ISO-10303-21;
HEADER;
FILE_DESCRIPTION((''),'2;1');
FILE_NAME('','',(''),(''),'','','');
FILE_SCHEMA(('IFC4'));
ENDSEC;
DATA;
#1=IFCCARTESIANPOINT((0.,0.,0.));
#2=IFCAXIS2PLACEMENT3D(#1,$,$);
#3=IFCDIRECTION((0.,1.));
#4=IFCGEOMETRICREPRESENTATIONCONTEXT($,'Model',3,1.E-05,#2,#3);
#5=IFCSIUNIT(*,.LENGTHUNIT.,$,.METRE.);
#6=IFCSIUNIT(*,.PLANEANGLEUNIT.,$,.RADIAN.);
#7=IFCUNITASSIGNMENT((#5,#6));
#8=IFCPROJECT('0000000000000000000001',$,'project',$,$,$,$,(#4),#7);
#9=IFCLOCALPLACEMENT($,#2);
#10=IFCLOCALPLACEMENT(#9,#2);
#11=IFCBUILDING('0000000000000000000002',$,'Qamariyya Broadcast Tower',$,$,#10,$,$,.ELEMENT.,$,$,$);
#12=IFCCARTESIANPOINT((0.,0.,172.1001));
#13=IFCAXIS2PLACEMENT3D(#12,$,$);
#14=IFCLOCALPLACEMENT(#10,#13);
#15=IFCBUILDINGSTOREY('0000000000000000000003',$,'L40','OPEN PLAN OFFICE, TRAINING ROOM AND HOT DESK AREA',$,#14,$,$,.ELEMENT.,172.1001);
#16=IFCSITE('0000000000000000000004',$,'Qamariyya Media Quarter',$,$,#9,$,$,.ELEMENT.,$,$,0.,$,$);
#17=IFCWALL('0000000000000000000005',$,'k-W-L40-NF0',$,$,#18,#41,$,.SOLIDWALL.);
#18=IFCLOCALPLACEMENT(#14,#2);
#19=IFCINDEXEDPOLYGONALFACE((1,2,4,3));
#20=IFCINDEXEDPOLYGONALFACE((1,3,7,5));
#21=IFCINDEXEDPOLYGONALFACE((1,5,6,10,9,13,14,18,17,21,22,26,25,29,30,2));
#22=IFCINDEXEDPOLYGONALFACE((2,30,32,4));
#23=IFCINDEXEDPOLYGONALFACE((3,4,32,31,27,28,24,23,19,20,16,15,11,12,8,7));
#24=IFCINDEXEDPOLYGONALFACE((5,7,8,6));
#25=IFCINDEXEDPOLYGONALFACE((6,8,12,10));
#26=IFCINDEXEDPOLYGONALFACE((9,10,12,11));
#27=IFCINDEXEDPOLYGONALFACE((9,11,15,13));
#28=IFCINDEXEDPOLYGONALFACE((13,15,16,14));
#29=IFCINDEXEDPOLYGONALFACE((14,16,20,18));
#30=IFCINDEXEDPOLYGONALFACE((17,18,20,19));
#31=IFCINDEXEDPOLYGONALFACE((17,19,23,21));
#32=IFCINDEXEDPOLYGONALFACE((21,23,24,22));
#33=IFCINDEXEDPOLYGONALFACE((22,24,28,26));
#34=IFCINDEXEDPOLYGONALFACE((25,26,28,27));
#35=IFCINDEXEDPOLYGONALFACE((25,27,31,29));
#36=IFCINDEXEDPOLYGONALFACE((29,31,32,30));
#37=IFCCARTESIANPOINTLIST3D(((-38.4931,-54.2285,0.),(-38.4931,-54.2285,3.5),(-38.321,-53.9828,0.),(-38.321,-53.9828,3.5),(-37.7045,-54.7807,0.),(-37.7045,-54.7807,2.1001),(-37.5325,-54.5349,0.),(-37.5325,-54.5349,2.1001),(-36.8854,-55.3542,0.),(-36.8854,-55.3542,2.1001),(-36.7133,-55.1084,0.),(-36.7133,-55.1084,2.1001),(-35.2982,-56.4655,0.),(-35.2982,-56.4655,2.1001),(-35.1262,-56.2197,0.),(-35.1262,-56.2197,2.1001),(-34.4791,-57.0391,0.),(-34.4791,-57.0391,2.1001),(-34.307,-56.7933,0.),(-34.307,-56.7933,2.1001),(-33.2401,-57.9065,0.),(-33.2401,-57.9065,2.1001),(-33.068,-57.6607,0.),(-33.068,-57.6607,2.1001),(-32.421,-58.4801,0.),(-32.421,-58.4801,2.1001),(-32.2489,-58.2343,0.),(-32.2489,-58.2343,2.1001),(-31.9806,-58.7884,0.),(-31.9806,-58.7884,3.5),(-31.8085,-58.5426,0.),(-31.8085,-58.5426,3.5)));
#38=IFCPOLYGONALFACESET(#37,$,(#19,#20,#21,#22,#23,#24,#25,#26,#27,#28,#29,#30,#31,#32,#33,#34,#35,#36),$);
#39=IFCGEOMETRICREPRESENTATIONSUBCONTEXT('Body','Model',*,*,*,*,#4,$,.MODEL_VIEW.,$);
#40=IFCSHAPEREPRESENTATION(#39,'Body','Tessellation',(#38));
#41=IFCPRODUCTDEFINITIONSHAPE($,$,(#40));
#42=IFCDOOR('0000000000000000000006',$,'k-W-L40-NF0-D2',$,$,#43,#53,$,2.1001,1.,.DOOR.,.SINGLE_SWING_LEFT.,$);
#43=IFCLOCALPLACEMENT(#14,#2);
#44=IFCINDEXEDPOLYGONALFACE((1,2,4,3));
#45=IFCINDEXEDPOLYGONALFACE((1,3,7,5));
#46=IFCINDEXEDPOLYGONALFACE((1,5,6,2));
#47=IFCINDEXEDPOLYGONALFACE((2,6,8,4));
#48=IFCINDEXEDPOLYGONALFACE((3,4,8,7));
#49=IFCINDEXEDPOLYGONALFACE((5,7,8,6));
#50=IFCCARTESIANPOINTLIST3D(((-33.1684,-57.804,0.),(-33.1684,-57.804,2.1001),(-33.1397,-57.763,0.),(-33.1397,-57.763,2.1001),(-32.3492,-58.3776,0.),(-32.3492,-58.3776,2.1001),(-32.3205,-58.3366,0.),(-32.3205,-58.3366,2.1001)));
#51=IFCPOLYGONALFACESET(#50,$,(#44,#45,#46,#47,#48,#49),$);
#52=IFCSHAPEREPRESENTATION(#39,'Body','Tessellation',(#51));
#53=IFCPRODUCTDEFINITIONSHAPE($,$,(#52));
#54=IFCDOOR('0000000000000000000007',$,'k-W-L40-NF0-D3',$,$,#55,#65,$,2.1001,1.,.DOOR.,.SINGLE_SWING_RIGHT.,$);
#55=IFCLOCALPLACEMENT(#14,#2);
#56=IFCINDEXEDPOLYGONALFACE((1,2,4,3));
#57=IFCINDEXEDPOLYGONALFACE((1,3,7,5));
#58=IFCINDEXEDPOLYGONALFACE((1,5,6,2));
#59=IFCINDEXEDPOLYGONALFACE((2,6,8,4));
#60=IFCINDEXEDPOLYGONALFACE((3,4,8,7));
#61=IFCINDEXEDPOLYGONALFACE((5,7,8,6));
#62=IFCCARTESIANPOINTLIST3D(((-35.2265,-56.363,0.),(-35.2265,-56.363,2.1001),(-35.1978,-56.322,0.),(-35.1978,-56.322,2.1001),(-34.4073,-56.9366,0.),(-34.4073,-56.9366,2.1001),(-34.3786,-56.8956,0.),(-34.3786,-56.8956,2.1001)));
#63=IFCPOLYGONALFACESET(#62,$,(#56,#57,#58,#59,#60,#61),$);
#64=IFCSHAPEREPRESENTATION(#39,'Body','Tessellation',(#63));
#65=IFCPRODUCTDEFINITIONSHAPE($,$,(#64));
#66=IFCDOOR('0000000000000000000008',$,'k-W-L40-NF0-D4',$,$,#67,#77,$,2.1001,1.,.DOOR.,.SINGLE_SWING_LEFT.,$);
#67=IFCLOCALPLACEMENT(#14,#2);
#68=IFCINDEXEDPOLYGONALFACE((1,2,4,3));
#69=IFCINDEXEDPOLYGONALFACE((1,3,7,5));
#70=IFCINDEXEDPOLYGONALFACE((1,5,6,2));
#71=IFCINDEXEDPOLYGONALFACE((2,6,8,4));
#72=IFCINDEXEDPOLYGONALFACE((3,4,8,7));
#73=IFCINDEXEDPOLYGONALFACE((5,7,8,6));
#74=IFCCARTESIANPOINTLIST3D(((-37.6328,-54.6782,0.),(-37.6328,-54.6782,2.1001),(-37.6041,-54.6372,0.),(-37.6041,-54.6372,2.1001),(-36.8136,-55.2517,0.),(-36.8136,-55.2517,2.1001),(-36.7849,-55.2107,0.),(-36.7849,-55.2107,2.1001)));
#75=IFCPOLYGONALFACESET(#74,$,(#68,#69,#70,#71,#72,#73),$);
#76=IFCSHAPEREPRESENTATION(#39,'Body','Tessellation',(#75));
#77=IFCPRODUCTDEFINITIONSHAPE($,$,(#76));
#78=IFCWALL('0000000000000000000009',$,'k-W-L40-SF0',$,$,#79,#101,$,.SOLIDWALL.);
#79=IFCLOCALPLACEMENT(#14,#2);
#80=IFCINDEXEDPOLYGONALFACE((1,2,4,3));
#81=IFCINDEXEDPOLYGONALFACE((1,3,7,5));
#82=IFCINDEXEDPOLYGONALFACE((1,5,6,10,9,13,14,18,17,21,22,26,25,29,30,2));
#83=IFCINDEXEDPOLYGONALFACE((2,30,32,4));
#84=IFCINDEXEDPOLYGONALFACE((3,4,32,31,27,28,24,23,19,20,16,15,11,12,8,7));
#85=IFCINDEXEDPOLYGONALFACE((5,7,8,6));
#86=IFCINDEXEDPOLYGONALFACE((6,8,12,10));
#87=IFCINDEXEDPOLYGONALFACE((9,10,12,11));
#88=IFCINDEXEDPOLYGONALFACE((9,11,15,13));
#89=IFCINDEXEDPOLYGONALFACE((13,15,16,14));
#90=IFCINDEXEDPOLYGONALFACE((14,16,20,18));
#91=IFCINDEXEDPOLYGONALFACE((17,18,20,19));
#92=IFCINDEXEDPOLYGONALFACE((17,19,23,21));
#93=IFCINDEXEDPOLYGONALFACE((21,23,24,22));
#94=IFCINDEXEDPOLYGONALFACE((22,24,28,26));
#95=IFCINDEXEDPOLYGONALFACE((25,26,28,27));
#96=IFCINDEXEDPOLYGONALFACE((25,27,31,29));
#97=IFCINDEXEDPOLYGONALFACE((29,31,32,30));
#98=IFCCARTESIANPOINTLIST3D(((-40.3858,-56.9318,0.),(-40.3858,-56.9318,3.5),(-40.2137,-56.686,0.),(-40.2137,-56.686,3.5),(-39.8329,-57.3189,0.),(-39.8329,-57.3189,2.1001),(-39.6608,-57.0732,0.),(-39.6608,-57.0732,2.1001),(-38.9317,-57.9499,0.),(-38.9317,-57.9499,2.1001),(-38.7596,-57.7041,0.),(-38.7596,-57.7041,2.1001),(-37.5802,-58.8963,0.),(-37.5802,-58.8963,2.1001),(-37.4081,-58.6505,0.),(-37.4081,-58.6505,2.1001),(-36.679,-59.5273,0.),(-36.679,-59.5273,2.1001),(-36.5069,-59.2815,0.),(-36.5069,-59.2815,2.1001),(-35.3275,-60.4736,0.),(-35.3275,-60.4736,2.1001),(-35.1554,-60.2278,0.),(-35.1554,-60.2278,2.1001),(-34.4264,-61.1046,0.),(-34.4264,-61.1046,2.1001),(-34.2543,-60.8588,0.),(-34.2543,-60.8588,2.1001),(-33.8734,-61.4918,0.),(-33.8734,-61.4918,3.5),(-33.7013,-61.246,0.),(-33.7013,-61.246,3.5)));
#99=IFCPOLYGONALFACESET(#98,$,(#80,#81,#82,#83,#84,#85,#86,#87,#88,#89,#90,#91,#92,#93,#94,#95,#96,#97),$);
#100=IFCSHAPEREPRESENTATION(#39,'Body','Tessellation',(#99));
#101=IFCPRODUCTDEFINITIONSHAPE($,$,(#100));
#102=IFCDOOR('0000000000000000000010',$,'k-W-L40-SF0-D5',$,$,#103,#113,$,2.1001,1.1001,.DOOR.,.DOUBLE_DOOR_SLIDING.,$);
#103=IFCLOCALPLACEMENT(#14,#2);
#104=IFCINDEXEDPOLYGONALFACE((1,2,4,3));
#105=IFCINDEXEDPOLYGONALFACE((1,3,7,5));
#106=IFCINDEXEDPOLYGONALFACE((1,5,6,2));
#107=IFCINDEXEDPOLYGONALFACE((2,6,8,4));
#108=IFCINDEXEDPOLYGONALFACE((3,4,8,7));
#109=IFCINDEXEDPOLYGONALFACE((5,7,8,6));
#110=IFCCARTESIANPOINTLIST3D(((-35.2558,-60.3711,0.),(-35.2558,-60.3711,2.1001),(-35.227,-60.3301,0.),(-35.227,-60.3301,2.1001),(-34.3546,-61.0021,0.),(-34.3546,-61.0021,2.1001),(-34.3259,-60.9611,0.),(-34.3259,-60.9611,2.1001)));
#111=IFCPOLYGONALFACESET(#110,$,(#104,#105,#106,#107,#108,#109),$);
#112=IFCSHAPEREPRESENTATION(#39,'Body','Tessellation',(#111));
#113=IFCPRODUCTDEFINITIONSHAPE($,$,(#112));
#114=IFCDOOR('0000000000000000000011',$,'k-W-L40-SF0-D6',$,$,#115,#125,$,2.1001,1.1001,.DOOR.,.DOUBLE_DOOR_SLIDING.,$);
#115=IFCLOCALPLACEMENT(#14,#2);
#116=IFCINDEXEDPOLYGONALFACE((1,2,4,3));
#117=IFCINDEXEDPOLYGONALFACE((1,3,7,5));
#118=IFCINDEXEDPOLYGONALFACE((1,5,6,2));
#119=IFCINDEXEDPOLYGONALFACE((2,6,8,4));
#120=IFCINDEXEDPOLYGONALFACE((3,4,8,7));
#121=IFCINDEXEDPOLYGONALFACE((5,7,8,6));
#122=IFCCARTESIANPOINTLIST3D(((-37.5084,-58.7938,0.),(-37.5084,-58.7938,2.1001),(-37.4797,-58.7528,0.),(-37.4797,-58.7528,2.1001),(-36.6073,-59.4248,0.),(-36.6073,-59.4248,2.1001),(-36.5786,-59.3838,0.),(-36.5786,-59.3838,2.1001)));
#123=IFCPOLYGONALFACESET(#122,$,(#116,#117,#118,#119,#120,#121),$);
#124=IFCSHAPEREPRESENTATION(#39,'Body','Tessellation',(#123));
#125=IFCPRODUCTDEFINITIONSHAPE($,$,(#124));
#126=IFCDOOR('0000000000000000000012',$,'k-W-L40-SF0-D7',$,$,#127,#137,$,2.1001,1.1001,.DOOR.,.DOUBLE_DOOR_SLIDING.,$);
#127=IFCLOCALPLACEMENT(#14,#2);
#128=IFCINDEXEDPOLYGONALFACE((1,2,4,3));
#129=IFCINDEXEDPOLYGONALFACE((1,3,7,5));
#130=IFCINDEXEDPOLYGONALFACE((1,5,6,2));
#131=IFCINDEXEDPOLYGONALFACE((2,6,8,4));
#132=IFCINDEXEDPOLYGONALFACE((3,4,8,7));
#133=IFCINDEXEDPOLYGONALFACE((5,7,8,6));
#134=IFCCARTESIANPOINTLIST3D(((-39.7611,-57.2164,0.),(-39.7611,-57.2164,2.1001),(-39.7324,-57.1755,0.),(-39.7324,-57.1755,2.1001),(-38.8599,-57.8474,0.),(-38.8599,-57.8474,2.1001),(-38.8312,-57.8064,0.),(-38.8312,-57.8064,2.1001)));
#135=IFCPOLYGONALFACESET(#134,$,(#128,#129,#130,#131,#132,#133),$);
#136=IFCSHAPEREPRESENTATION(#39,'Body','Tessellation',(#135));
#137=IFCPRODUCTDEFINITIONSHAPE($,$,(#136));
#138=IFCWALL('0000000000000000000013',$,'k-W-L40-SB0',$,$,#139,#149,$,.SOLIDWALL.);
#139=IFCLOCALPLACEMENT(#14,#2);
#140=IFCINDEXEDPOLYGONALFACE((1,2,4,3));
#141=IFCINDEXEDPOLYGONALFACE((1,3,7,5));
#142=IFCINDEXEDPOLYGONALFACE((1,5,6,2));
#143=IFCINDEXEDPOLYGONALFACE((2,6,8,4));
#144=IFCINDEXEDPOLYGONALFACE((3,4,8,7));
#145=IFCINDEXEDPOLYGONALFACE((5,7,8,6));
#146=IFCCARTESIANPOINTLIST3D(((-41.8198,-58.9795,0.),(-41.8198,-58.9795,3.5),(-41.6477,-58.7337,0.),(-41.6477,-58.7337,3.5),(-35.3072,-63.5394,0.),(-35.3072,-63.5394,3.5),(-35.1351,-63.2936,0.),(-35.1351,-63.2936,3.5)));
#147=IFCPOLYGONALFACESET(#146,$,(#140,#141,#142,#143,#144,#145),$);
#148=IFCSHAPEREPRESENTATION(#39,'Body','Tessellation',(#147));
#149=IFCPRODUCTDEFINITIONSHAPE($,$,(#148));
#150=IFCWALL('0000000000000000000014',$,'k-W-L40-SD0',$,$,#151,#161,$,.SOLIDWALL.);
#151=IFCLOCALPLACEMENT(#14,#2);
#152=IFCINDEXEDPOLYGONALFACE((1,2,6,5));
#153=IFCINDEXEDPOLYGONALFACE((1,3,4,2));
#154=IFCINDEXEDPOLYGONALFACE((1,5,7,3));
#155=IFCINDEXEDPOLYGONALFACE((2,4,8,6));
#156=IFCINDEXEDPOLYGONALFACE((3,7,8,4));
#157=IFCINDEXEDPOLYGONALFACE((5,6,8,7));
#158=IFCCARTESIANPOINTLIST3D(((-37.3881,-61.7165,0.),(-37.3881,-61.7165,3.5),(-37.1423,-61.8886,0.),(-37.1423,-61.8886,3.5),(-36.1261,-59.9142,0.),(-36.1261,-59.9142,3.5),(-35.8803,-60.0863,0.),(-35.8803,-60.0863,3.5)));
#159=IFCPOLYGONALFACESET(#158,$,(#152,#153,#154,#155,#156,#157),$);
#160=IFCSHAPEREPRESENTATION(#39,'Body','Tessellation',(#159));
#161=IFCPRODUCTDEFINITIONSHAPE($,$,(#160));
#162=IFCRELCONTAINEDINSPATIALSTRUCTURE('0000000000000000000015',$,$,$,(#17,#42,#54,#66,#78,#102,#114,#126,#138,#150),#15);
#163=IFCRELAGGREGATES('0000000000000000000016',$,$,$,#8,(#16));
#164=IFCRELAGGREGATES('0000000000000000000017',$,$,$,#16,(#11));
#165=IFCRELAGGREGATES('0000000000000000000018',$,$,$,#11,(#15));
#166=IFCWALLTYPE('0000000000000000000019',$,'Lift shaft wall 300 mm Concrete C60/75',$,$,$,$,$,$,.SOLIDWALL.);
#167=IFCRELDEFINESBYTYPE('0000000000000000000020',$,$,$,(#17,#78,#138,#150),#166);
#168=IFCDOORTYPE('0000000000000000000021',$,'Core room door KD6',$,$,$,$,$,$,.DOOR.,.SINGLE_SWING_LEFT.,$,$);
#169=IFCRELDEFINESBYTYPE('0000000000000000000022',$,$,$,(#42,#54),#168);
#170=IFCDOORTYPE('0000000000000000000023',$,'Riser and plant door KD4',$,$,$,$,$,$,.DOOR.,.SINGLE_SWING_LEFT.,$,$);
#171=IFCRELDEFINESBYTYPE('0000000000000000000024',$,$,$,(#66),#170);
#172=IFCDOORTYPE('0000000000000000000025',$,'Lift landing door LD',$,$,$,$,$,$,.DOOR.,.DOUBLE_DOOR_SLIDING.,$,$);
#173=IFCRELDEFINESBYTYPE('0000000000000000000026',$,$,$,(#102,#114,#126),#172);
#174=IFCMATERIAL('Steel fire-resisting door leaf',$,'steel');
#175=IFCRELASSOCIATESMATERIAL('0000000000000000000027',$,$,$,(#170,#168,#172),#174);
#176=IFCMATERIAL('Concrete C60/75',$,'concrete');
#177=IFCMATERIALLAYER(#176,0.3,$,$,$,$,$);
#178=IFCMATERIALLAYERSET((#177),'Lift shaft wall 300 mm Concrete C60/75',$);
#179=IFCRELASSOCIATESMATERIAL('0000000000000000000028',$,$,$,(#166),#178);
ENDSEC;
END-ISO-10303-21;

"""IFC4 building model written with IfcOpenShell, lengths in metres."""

from ifc_helpers import new_model, si_unit, direction, frame, frame_2d, origin, place, context, subcontext, project, spatial, rectangle, extrude, material, layer, layer_set, type_object, element, fill, save


model = new_model("IFC4")

# Units and contexts
model_context = context("Model", 3, precision=1e-05, world=origin(), true_north=direction((0.0, 1.0)))
body_context = subcontext(model_context, "Body", "Model", "MODEL_VIEW")
ifc_project = project(units=[si_unit("LENGTHUNIT", "METRE"), si_unit("PLANEANGLEUNIT", "RADIAN")], contexts=[model_context])

# Site, building, storey
site_placement = place(None, origin())
site = spatial("IfcSite", under=ifc_project, at=site_placement, Name="Qamariyya Media Quarter", CompositionType="ELEMENT", RefElevation=0.0)
building_placement = place(site_placement, origin())
building = spatial("IfcBuilding", under=site, at=building_placement, Name="Qamariyya Broadcast Tower", CompositionType="ELEMENT")
storey_placement = place(building_placement, frame((0.0, 0.0, 172.1001)))
storey = spatial("IfcBuildingStorey", under=building, at=storey_placement, Name="L40", Description="OPEN PLAN OFFICE, TRAINING ROOM AND HOT DESK AREA", CompositionType="ELEMENT", Elevation=172.1001)

# Shared definitions
ifc_material_1 = material(Name="Concrete C60/75", Category="concrete")
ifc_material_2 = material(Name="Steel fire-resisting door leaf", Category="steel")

# Shared definitions
door_type_1 = type_object("IfcDoorType", Name="Riser and plant door KD4", OperationType="SINGLE_SWING_LEFT", PredefinedType="DOOR", material=ifc_material_2)

# Walls, openings, doors
ifc_layer_1 = layer(ifc_material_1, 0.3)
ifc_layer_set_1 = layer_set([ifc_layer_1], Name="Lift shaft wall 300 mm Concrete C60/75")
wall_type_1 = type_object("IfcWallType", Name="Lift shaft wall 300 mm Concrete C60/75", PredefinedType="SOLIDWALL", material=ifc_layer_set_1)
wall_1_placement = place(storey_placement, frame((-31.8945, -58.6655, 0.0), z_axis=(0.0, 0.0, 1.0), x_axis=(-0.819167, 0.573555, 0.0)))
wall_1 = element("IfcWall", 1, at=wall_1_placement, inside=storey, type_object=wall_type_1, Name="k-W-L40-NF0", PredefinedType="SOLIDWALL", context=body_context, shape_type="SweptSolid", body=[
    extrude(rectangle(XDim=7.9502, YDim=0.3, at=frame_2d((3.9751, 0.0))), origin(), (0.0, 0.0, 1.0), 3.5),
])
opening_1_placement = place(wall_1_placement, frame((0.5376, 0.0, 0.0)))
opening_1 = element("IfcOpeningElement", 2, at=opening_1_placement, cuts=wall_1, PredefinedType="OPENING", context=body_context, shape_type="SweptSolid", body=[
    extrude(rectangle(XDim=1.0, YDim=2.1001, at=frame_2d((0.5, 1.05))), frame((0.0, 0.1599, 0.0), z_axis=(0.0, -1.0, 0.0), x_axis=(1.0, 0.0, 0.0)), (0.0, 0.0, 1.0), 0.3201),
])
opening_2_placement = place(wall_1_placement, frame((3.05, 0.0, 0.0)))
opening_2 = element("IfcOpeningElement", 3, at=opening_2_placement, cuts=wall_1, PredefinedType="OPENING", context=body_context, shape_type="SweptSolid", body=[
    extrude(rectangle(XDim=1.0, YDim=2.1001, at=frame_2d((0.5, 1.05))), frame((0.0, 0.1599, 0.0), z_axis=(0.0, -1.0, 0.0), x_axis=(1.0, 0.0, 0.0)), (0.0, 0.0, 1.0), 0.3201),
])
opening_3_placement = place(wall_1_placement, frame((5.9875, 0.0, 0.0)))
opening_3 = element("IfcOpeningElement", 4, at=opening_3_placement, cuts=wall_1, PredefinedType="OPENING", context=body_context, shape_type="SweptSolid", body=[
    extrude(rectangle(XDim=1.0, YDim=2.1001, at=frame_2d((0.5, 1.05))), frame((0.0, 0.1599, 0.0), z_axis=(0.0, -1.0, 0.0), x_axis=(1.0, 0.0, 0.0)), (0.0, 0.0, 1.0), 0.3201),
])
door_type_2 = type_object("IfcDoorType", Name="Core room door KD6", OperationType="SINGLE_SWING_LEFT", PredefinedType="DOOR", material=ifc_material_2)
door_1_placement = place(opening_1_placement, origin())
door_1 = element("IfcDoor", 5, at=door_1_placement, inside=storey, type_object=door_type_2, Name="k-W-L40-NF0-D2", OperationType="SINGLE_SWING_LEFT", OverallHeight=2.1001, OverallWidth=1.0, PredefinedType="DOOR", context=body_context, shape_type="SweptSolid", body=[
    extrude(rectangle(XDim=1.0, YDim=2.1001, at=frame_2d((0.5, 1.05))), frame((0.0, 0.0249, 0.0), z_axis=(0.0, -1.0, 0.0), x_axis=(1.0, 0.0, 0.0)), (0.0, 0.0, 1.0), 0.05),
])
fill(opening_1, door_1)
door_2_placement = place(opening_2_placement, origin())
door_2 = element("IfcDoor", 6, at=door_2_placement, inside=storey, type_object=door_type_2, Name="k-W-L40-NF0-D3", OperationType="SINGLE_SWING_RIGHT", OverallHeight=2.1001, OverallWidth=1.0, PredefinedType="DOOR", context=body_context, shape_type="SweptSolid", body=[
    extrude(rectangle(XDim=1.0, YDim=2.1001, at=frame_2d((0.5, 1.05))), frame((0.0, 0.0249, 0.0), z_axis=(0.0, -1.0, 0.0), x_axis=(1.0, 0.0, 0.0)), (0.0, 0.0, 1.0), 0.05),
])
fill(opening_2, door_2)
door_3_placement = place(opening_3_placement, origin())
door_3 = element("IfcDoor", 7, at=door_3_placement, inside=storey, type_object=door_type_1, Name="k-W-L40-NF0-D4", OperationType="SINGLE_SWING_LEFT", OverallHeight=2.1001, OverallWidth=1.0, PredefinedType="DOOR", context=body_context, shape_type="SweptSolid", body=[
    extrude(rectangle(XDim=1.0, YDim=2.1001, at=frame_2d((0.5, 1.05))), frame((0.0, 0.0249, 0.0), z_axis=(0.0, -1.0, 0.0), x_axis=(1.0, 0.0, 0.0)), (0.0, 0.0, 1.0), 0.05),
])
fill(opening_3, door_3)
wall_2_placement = place(storey_placement, frame((-33.7874, -61.3689, 0.0), z_axis=(0.0, 0.0, 1.0), x_axis=(-0.819153, 0.573576, 0.0)))
wall_2 = element("IfcWall", 8, at=wall_2_placement, inside=storey, type_object=wall_type_1, Name="k-W-L40-SF0", PredefinedType="SOLIDWALL", context=body_context, shape_type="SweptSolid", body=[
    extrude(rectangle(XDim=7.9502, YDim=0.3, at=frame_2d((3.9751, 0.0))), origin(), (0.0, 0.0, 1.0), 3.5),
])
opening_4_placement = place(wall_2_placement, frame((0.675, 0.0, 0.0)))
opening_4 = element("IfcOpeningElement", 9, at=opening_4_placement, cuts=wall_2, PredefinedType="OPENING", context=body_context, shape_type="SweptSolid", body=[
    extrude(rectangle(XDim=1.1001, YDim=2.1001, at=frame_2d((0.55, 1.05))), frame((0.0, 0.1599, 0.0), z_axis=(0.0, -1.0, 0.0), x_axis=(1.0, 0.0, 0.0)), (0.0, 0.0, 1.0), 0.3201),
])
opening_5_placement = place(wall_2_placement, frame((3.425, 0.0, 0.0)))
opening_5 = element("IfcOpeningElement", 10, at=opening_5_placement, cuts=wall_2, PredefinedType="OPENING", context=body_context, shape_type="SweptSolid", body=[
    extrude(rectangle(XDim=1.1001, YDim=2.1001, at=frame_2d((0.55, 1.05))), frame((0.0, 0.1599, 0.0), z_axis=(0.0, -1.0, 0.0), x_axis=(1.0, 0.0, 0.0)), (0.0, 0.0, 1.0), 0.3201),
])
opening_6_placement = place(wall_2_placement, frame((6.175, 0.0, 0.0)))
opening_6 = element("IfcOpeningElement", 11, at=opening_6_placement, cuts=wall_2, PredefinedType="OPENING", context=body_context, shape_type="SweptSolid", body=[
    extrude(rectangle(XDim=1.1001, YDim=2.1001, at=frame_2d((0.55, 1.05))), frame((0.0, 0.1599, 0.0), z_axis=(0.0, -1.0, 0.0), x_axis=(1.0, 0.0, 0.0)), (0.0, 0.0, 1.0), 0.3201),
])
door_type_3 = type_object("IfcDoorType", Name="Lift landing door LD", OperationType="DOUBLE_DOOR_SLIDING", PredefinedType="DOOR", material=ifc_material_2)
door_4_placement = place(opening_4_placement, origin())
door_4 = element("IfcDoor", 12, at=door_4_placement, inside=storey, type_object=door_type_3, Name="k-W-L40-SF0-D5", OperationType="DOUBLE_DOOR_SLIDING", OverallHeight=2.1001, OverallWidth=1.1001, PredefinedType="DOOR", context=body_context, shape_type="SweptSolid", body=[
    extrude(rectangle(XDim=1.1001, YDim=2.1001, at=frame_2d((0.55, 1.05))), frame((0.0, 0.0249, 0.0), z_axis=(0.0, -1.0, 0.0), x_axis=(1.0, 0.0, 0.0)), (0.0, 0.0, 1.0), 0.05),
])
fill(opening_4, door_4)
door_5_placement = place(opening_5_placement, origin())
door_5 = element("IfcDoor", 13, at=door_5_placement, inside=storey, type_object=door_type_3, Name="k-W-L40-SF0-D6", OperationType="DOUBLE_DOOR_SLIDING", OverallHeight=2.1001, OverallWidth=1.1001, PredefinedType="DOOR", context=body_context, shape_type="SweptSolid", body=[
    extrude(rectangle(XDim=1.1001, YDim=2.1001, at=frame_2d((0.55, 1.05))), frame((0.0, 0.0249, 0.0), z_axis=(0.0, -1.0, 0.0), x_axis=(1.0, 0.0, 0.0)), (0.0, 0.0, 1.0), 0.05),
])
fill(opening_5, door_5)
door_6_placement = place(opening_6_placement, origin())
door_6 = element("IfcDoor", 14, at=door_6_placement, inside=storey, type_object=door_type_3, Name="k-W-L40-SF0-D7", OperationType="DOUBLE_DOOR_SLIDING", OverallHeight=2.1001, OverallWidth=1.1001, PredefinedType="DOOR", context=body_context, shape_type="SweptSolid", body=[
    extrude(rectangle(XDim=1.1001, YDim=2.1001, at=frame_2d((0.55, 1.05))), frame((0.0, 0.0249, 0.0), z_axis=(0.0, -1.0, 0.0), x_axis=(1.0, 0.0, 0.0)), (0.0, 0.0, 1.0), 0.05),
])
fill(opening_6, door_6)

# Walls
wall_3_placement = place(storey_placement, frame((-35.2212, -63.4165, 0.0), z_axis=(0.0, 0.0, 1.0), x_axis=(-0.819167, 0.573555, 0.0)))
element("IfcWall", 15, at=wall_3_placement, inside=storey, type_object=wall_type_1, Name="k-W-L40-SB0", PredefinedType="SOLIDWALL", context=body_context, shape_type="SweptSolid", body=[
    extrude(rectangle(XDim=7.9502, YDim=0.3, at=frame_2d((3.9751, 0.0))), origin(), (0.0, 0.0, 1.0), 3.5),
])
wall_4_placement = place(storey_placement, frame((-36.0032, -60.0002, 0.0), z_axis=(0.0, 0.0, 1.0), x_axis=(-0.573581, -0.819149, 0.0)))
element("IfcWall", 16, at=wall_4_placement, inside=storey, type_object=wall_type_1, Name="k-W-L40-SD0", PredefinedType="SOLIDWALL", context=body_context, shape_type="SweptSolid", body=[
    extrude(rectangle(XDim=2.2002, YDim=0.3, at=frame_2d((1.1001, 0.0))), origin(), (0.0, 0.0, 1.0), 3.5),
])

save(model, "model.ifc")
